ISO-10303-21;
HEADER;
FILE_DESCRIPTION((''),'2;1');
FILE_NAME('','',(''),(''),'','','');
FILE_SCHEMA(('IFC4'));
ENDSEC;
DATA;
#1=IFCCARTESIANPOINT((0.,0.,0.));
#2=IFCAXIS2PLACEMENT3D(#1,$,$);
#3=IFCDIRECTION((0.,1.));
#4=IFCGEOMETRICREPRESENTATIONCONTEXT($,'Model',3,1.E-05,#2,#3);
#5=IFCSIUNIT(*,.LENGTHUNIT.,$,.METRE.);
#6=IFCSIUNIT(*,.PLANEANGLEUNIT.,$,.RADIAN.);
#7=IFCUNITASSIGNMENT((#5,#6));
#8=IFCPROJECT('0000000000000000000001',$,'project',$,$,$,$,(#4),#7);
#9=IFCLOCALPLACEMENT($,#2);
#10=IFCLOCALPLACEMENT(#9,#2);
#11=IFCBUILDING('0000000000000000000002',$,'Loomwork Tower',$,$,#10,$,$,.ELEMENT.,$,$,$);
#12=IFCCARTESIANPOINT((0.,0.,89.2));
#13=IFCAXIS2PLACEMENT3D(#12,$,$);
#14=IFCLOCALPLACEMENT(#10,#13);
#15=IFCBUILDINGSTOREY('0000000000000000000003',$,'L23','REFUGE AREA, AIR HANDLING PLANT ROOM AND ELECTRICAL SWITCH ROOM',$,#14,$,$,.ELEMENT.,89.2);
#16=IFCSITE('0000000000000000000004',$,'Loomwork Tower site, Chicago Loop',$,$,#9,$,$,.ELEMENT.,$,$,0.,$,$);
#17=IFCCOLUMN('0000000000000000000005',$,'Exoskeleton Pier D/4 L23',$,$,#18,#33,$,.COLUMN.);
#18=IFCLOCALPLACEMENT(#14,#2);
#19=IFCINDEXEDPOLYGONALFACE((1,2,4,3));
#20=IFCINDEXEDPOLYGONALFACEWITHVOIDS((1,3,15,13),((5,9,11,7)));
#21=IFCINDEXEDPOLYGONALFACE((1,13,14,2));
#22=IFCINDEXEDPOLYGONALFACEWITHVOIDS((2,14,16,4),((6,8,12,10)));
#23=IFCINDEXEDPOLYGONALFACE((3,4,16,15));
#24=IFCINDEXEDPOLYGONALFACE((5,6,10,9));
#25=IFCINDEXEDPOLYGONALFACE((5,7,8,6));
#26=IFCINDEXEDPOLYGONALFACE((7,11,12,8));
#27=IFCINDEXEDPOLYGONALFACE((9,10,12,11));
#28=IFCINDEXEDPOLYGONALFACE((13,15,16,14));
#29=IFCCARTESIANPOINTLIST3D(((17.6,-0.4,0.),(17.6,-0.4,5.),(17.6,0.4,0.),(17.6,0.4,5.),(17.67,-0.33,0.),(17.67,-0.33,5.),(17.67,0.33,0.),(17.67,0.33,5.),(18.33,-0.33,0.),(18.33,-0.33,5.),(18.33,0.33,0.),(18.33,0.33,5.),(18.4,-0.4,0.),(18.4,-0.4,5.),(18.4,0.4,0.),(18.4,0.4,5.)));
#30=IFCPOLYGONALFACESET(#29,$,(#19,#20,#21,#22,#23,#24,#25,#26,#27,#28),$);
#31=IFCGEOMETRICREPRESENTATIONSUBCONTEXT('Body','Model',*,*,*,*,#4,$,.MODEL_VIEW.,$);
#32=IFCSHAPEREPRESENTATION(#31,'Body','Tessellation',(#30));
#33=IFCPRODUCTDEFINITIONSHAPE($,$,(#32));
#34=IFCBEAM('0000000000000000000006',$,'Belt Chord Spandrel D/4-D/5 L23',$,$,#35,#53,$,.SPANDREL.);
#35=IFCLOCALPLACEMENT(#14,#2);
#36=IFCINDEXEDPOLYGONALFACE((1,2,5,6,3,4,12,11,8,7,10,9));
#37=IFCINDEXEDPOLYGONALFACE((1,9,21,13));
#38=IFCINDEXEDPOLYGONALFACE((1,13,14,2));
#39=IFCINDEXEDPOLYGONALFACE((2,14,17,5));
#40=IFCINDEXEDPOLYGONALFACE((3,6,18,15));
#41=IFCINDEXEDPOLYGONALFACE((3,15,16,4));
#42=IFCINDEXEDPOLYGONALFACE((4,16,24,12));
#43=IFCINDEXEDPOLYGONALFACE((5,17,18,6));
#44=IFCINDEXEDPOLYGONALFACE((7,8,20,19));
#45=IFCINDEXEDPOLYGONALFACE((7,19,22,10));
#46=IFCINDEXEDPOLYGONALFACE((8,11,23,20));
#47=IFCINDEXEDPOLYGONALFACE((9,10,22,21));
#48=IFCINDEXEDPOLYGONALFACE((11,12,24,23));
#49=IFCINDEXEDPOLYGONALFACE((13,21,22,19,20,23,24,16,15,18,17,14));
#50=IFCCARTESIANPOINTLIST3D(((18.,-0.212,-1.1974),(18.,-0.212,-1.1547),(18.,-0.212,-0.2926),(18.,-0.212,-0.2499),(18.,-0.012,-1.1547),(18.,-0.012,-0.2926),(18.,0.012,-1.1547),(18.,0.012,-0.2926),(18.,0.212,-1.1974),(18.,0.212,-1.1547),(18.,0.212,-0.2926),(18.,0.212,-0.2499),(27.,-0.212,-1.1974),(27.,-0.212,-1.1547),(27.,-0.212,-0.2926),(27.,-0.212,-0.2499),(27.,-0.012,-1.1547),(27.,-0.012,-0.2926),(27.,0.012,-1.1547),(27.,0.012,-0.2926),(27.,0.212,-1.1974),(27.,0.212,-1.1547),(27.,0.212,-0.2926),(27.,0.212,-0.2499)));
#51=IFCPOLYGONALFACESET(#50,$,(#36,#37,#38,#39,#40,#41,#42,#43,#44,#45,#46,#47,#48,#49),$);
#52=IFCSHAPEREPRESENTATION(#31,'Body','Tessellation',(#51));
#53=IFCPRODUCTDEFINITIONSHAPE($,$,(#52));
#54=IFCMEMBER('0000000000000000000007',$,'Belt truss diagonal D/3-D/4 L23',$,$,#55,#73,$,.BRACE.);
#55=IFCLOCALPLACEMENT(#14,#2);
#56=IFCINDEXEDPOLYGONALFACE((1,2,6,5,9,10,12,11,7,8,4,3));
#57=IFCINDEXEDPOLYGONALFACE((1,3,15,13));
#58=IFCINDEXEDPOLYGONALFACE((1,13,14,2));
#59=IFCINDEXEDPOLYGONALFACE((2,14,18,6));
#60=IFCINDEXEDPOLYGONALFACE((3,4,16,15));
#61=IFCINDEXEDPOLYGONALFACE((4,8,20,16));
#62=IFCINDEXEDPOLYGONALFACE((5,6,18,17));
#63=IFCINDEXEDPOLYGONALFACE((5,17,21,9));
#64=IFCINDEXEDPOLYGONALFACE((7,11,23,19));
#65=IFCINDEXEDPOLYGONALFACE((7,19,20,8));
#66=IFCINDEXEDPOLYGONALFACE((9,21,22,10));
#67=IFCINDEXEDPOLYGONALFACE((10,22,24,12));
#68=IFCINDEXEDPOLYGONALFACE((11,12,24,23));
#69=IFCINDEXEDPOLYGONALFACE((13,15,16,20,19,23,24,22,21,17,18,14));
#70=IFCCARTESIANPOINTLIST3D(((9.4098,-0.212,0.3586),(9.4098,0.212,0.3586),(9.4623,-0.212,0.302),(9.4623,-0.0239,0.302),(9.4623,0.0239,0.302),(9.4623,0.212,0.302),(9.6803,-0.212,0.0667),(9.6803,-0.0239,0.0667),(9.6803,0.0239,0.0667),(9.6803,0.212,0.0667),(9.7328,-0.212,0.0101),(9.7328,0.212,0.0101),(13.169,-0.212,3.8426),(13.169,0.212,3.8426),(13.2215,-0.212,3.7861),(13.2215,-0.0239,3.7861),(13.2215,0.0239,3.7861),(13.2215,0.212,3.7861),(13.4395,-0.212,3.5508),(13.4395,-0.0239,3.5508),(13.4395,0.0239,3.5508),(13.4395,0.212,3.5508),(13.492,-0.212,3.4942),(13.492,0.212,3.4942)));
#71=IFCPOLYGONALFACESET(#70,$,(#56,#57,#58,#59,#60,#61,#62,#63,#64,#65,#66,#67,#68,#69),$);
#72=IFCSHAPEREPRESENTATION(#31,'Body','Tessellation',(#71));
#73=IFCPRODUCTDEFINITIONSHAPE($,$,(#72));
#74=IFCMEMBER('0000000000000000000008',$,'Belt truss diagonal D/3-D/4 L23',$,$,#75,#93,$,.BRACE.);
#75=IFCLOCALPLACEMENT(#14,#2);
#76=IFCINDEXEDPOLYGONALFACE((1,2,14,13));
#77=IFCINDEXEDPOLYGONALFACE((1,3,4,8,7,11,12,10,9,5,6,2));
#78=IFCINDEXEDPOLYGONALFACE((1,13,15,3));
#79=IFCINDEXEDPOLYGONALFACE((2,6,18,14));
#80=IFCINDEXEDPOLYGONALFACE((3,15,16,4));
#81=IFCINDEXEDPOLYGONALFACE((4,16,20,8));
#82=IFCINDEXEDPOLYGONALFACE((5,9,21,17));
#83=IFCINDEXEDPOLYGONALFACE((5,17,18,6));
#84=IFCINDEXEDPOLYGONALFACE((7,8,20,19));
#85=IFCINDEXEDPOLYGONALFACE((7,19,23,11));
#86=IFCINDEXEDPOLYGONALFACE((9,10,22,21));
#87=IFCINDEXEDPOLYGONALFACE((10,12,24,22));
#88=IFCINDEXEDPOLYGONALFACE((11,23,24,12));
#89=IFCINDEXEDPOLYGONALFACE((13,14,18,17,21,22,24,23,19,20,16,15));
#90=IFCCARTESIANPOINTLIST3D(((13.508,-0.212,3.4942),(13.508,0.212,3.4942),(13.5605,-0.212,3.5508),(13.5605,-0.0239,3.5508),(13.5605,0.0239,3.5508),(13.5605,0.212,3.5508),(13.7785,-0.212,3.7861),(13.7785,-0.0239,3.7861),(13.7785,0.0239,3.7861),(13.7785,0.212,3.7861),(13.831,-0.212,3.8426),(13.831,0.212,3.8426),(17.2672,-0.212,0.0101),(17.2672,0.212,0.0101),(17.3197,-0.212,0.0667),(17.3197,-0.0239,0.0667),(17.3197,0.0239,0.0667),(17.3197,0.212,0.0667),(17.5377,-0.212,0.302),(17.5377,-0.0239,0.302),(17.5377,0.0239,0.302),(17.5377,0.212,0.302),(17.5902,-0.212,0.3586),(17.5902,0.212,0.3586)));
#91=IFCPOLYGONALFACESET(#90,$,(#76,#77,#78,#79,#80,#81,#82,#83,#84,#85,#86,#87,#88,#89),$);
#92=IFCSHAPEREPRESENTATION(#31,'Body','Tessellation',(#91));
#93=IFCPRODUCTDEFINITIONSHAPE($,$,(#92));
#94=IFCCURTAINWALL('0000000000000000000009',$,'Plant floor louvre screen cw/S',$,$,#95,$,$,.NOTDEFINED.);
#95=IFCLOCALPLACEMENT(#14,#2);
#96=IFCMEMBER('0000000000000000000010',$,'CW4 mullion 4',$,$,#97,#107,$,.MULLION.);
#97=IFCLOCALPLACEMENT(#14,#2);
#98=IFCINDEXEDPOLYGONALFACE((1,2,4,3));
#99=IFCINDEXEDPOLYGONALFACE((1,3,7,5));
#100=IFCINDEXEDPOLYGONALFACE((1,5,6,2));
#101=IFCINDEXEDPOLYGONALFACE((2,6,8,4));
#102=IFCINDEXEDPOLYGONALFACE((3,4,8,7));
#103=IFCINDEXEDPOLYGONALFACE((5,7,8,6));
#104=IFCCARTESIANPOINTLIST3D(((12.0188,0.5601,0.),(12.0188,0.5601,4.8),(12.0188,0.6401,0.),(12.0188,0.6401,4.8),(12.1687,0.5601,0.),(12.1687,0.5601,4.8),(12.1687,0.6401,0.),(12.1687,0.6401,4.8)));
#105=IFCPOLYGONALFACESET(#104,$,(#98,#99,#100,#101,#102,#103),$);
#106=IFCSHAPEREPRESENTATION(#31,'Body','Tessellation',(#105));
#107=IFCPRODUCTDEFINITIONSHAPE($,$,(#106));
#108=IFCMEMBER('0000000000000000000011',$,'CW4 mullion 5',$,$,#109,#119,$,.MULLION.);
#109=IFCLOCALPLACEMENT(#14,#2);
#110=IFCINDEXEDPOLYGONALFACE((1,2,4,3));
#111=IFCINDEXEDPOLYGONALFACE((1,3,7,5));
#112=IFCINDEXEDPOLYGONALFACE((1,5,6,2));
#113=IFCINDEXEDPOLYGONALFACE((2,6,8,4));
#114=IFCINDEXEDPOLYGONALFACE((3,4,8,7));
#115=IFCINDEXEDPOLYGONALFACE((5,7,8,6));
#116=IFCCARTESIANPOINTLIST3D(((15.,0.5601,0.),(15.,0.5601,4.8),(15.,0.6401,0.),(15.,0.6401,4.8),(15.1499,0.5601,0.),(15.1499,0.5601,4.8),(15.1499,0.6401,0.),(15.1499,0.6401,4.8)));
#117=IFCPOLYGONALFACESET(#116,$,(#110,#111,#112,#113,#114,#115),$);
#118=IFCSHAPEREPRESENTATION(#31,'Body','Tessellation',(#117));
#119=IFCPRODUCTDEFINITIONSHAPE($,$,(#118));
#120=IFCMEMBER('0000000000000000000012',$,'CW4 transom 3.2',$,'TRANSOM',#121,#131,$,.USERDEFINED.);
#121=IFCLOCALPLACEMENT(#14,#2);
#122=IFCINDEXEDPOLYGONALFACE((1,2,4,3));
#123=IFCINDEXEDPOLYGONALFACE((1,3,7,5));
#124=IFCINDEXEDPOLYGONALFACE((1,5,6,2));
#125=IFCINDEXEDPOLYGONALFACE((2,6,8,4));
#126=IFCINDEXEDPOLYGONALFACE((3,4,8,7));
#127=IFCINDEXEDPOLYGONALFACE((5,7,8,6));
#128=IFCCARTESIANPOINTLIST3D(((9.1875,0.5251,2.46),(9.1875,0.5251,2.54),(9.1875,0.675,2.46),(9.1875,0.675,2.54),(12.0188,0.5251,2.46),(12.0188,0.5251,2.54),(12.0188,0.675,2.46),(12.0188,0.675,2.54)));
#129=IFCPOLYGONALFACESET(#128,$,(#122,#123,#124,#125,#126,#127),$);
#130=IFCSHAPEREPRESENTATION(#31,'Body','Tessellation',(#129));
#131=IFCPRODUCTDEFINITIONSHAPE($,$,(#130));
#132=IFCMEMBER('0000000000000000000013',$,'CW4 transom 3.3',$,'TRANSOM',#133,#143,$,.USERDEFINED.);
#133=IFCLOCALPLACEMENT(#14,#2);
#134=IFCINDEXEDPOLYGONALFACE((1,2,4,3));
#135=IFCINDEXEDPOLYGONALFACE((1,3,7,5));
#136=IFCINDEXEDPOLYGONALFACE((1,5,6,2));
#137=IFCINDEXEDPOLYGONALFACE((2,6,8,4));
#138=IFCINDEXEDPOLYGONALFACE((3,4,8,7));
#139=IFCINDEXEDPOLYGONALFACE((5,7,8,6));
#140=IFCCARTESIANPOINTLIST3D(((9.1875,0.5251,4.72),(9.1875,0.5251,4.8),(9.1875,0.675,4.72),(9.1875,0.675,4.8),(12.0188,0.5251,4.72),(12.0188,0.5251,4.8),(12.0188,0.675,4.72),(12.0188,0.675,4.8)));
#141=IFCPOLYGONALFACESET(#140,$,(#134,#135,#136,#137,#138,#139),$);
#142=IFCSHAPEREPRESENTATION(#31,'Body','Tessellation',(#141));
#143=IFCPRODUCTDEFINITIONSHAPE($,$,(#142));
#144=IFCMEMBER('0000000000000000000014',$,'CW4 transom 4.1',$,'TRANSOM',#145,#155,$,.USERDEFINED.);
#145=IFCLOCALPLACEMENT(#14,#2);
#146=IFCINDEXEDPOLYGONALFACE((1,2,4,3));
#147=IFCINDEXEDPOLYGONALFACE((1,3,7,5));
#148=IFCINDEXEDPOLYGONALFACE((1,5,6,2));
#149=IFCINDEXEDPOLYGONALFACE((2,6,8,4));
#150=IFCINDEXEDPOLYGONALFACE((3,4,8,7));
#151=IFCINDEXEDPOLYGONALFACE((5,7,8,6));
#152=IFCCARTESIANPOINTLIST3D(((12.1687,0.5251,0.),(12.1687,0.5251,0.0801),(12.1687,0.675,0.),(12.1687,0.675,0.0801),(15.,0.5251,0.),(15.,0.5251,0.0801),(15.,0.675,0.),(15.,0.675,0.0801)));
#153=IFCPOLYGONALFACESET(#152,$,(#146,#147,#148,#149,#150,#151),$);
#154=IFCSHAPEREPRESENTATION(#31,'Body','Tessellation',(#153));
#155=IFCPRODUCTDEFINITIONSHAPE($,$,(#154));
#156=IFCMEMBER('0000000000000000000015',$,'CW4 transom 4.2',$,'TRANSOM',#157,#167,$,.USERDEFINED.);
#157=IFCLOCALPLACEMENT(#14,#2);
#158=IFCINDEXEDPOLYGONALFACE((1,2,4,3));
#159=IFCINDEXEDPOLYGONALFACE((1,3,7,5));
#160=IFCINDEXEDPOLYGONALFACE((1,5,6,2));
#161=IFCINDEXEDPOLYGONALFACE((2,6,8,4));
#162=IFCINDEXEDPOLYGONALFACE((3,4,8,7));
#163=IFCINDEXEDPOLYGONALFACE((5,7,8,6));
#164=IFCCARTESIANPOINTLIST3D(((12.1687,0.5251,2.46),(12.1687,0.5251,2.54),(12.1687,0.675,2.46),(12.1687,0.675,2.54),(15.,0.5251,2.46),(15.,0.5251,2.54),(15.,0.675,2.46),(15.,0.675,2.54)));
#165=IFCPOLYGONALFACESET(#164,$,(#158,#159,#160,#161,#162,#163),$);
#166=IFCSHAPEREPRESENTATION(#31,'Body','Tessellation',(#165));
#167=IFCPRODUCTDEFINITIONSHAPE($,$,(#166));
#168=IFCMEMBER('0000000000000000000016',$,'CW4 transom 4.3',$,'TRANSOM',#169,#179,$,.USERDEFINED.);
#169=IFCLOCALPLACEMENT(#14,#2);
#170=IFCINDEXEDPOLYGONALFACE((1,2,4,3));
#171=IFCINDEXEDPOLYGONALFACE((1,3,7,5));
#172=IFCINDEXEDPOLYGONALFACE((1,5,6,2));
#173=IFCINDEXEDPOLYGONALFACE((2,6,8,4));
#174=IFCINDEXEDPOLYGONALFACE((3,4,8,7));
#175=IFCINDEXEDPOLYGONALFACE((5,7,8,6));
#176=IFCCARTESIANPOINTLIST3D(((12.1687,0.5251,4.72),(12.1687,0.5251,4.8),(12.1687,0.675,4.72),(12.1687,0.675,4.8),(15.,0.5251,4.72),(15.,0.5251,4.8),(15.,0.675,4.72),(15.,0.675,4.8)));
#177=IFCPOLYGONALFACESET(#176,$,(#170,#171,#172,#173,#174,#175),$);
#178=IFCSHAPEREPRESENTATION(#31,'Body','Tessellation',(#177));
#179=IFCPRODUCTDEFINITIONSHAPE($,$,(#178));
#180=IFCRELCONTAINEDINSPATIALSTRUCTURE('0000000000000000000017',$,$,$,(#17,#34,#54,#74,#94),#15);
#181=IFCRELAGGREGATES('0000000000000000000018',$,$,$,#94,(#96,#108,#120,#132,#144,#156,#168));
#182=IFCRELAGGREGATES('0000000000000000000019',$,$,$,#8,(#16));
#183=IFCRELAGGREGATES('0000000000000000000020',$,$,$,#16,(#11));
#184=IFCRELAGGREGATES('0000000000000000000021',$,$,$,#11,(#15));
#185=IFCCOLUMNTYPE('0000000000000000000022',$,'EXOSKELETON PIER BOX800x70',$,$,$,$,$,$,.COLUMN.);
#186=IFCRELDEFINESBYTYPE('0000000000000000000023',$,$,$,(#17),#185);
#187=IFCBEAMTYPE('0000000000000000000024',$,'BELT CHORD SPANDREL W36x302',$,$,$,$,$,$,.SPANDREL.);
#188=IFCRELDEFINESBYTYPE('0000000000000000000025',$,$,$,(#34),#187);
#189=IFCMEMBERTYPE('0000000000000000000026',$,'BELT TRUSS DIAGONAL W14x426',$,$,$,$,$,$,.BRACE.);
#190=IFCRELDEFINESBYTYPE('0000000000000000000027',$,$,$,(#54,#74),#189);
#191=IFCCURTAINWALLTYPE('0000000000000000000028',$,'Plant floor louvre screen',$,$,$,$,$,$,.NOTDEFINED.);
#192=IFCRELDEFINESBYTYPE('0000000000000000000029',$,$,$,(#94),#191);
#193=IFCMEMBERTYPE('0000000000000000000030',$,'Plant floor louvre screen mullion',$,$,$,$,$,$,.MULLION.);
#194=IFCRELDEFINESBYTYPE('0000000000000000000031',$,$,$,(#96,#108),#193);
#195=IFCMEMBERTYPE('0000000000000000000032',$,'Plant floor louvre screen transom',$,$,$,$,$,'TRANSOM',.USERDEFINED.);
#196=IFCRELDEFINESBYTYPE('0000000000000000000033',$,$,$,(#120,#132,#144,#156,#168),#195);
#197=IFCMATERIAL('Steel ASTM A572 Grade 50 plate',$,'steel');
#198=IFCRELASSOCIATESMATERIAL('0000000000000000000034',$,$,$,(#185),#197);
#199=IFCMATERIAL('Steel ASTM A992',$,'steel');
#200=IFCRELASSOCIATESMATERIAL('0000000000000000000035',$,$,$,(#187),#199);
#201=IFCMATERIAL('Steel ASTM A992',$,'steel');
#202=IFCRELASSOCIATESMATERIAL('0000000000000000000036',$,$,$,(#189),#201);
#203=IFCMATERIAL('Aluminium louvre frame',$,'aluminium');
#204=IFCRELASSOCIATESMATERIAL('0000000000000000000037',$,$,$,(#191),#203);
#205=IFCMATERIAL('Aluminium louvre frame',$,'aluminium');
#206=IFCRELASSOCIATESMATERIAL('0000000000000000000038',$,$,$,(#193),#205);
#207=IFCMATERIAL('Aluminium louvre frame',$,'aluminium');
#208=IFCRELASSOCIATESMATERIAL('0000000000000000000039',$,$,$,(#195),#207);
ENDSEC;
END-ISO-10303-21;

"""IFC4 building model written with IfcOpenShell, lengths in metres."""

from ifc_helpers import new_model, si_unit, direction, frame, origin, origin_2d, place, context, subcontext, project, spatial, rectangle, hollow_rectangle, i_section, extrude, material, material_profile, profile_set, type_object, element, aggregate, save


model = new_model("IFC4")

# Units and contexts
model_context = context("Model", 3, precision=1e-05, world=origin(), true_north=direction((0.0, 1.0)))
body_context = subcontext(model_context, "Body", "Model", "MODEL_VIEW")
ifc_project = project(units=[si_unit("LENGTHUNIT", "METRE"), si_unit("PLANEANGLEUNIT", "RADIAN")], contexts=[model_context])

# Site, building, storey
site_placement = place(None, origin())
site = spatial("IfcSite", under=ifc_project, at=site_placement, Name="Loomwork Tower site, Chicago Loop", CompositionType="ELEMENT", RefElevation=0.0)
building_placement = place(site_placement, origin())
building = spatial("IfcBuilding", under=site, at=building_placement, Name="Loomwork Tower", CompositionType="ELEMENT")
storey_placement = place(building_placement, frame((0.0, 0.0, 89.2)))
storey = spatial("IfcBuildingStorey", under=building, at=storey_placement, Name="L23", Description="REFUGE AREA, AIR HANDLING PLANT ROOM AND ELECTRICAL SWITCH ROOM", CompositionType="ELEMENT", Elevation=89.2)

# Column
ifc_material_1 = material(Name="Steel ASTM A572 Grade 50 plate", Category="steel")
ifc_material_profile_1 = material_profile(ifc_material_1, hollow_rectangle(XDim=0.8, YDim=0.8, WallThickness=0.0701, at=origin_2d()), Name="BOX800x70")
ifc_profile_set_1 = profile_set([ifc_material_profile_1], Name="Steel ASTM A572 Grade 50 plate")
column_type = type_object("IfcColumnType", Name="EXOSKELETON PIER BOX800x70", PredefinedType="COLUMN", material=ifc_profile_set_1)
column_placement = place(storey_placement, frame((18.0, 0.0, 0.0), z_axis=(0.0, 0.0, 1.0), x_axis=(1.0, 0.0, 0.0)))
element("IfcColumn", 1, at=column_placement, inside=storey, type_object=column_type, Name="Exoskeleton Pier D/4 L23", PredefinedType="COLUMN", context=body_context, shape_type="SweptSolid", body=[
    extrude(hollow_rectangle(XDim=0.8, YDim=0.8, WallThickness=0.0701, at=origin_2d()), origin(), (0.0, 0.0, 1.0), 5.0),
])

# Beam
ifc_material_2 = material(Name="Steel ASTM A992", Category="steel")
ifc_material_profile_2 = material_profile(ifc_material_2, i_section(OverallWidth=0.4241, OverallDepth=0.9475, WebThickness=0.0239, FlangeThickness=0.0427, at=origin_2d()), Name="W36x302")
ifc_profile_set_2 = profile_set([ifc_material_profile_2], Name="Steel ASTM A992")
beam_type = type_object("IfcBeamType", Name="BELT CHORD SPANDREL W36x302", PredefinedType="SPANDREL", material=ifc_profile_set_2)
beam_placement = place(storey_placement, frame((18.0, 0.0, -0.7236), z_axis=(1.0, 0.0, 0.0), x_axis=(0.0, 1.0, 0.0)))
element("IfcBeam", 2, at=beam_placement, inside=storey, type_object=beam_type, Name="Belt Chord Spandrel D/4-D/5 L23", PredefinedType="SPANDREL", context=body_context, shape_type="SweptSolid", body=[
    extrude(i_section(OverallWidth=0.4241, OverallDepth=0.9475, WebThickness=0.0239, FlangeThickness=0.0427, at=origin_2d()), origin(), (0.0, 0.0, 1.0), 9.0),
])

# Members
ifc_material_3 = material(Name="Steel ASTM A992", Category="steel")
ifc_material_profile_3 = material_profile(ifc_material_3, i_section(OverallWidth=0.4241, OverallDepth=0.4751, WebThickness=0.0479, FlangeThickness=0.0771, at=origin_2d()), Name="W14x426")
ifc_profile_set_3 = profile_set([ifc_material_profile_3], Name="Steel ASTM A992")
member_type_1 = type_object("IfcMemberType", Name="BELT TRUSS DIAGONAL W14x426", PredefinedType="BRACE", material=ifc_profile_set_3)
for number, where, z_axis, x_axis, name in (
    (3, (9.5713, 0.0, 0.1843), (0.733438, 0.0, 0.679757), (0.0, 1.0, 0.0), "Belt truss diagonal D/3-D/4 L23"),
    (4, (17.4287, 0.0, 0.1843), (-0.733438, 0.0, 0.679757), (0.0, -1.0, 0.0), "Belt truss diagonal D/3-D/4 L23"),
):
    element("IfcMember", number, at=place(storey_placement, frame(where, z_axis=z_axis, x_axis=x_axis)), inside=storey, type_object=member_type_1, Name=name, PredefinedType="BRACE", context=body_context, shape_type="SweptSolid", body=[
        extrude(i_section(OverallWidth=0.4241, OverallDepth=0.4751, WebThickness=0.0479, FlangeThickness=0.0771, at=origin_2d()), origin(), (0.0, 0.0, 1.0), 5.1255),
    ])

# Curtain wall, members
ifc_material_4 = material(Name="Aluminium louvre frame", Category="aluminium")
curtain_wall_type = type_object("IfcCurtainWallType", Name="Plant floor louvre screen", PredefinedType="NOTDEFINED", material=ifc_material_4)
curtain_wall_placement = place(storey_placement, origin())
curtain_wall = element("IfcCurtainWall", 5, at=curtain_wall_placement, inside=storey, type_object=curtain_wall_type, Name="Plant floor louvre screen cw/S", PredefinedType="NOTDEFINED")
ifc_material_5 = material(Name="Aluminium louvre frame", Category="aluminium")
ifc_material_profile_4 = material_profile(ifc_material_5, rectangle(XDim=0.0801, YDim=0.1499, at=origin_2d()), Name="AL 80x150")
ifc_profile_set_4 = profile_set([ifc_material_profile_4], Name="Aluminium louvre frame")
member_type_2 = type_object("IfcMemberType", Name="Plant floor louvre screen mullion", PredefinedType="MULLION", material=ifc_profile_set_4)
member_1_placement = place(storey_placement, frame((12.0938, 0.6001, 0.0), z_axis=(0.0, 0.0, 1.0), x_axis=(0.0, 1.0, 0.0)))
member_1 = element("IfcMember", 6, at=member_1_placement, type_object=member_type_2, Name="CW4 mullion 4", PredefinedType="MULLION", context=body_context, shape_type="SweptSolid", body=[
    extrude(rectangle(XDim=0.0801, YDim=0.1499, at=origin_2d()), origin(), (0.0, 0.0, 1.0), 4.8),
])
member_2_placement = place(storey_placement, frame((15.075, 0.6001, 0.0), z_axis=(0.0, 0.0, 1.0), x_axis=(0.0, 1.0, 0.0)))
member_2 = element("IfcMember", 7, at=member_2_placement, type_object=member_type_2, Name="CW4 mullion 5", PredefinedType="MULLION", context=body_context, shape_type="SweptSolid", body=[
    extrude(rectangle(XDim=0.0801, YDim=0.1499, at=origin_2d()), origin(), (0.0, 0.0, 1.0), 4.8),
])
ifc_material_6 = material(Name="Aluminium louvre frame", Category="aluminium")
ifc_material_profile_5 = material_profile(ifc_material_6, rectangle(XDim=0.1499, YDim=0.0801, at=origin_2d()), Name="AL 80x150")
ifc_profile_set_5 = profile_set([ifc_material_profile_5], Name="Aluminium louvre frame")
member_type_3 = type_object("IfcMemberType", Name="Plant floor louvre screen transom", ElementType="TRANSOM", PredefinedType="USERDEFINED", material=ifc_profile_set_5)
member_3_placement = place(storey_placement, frame((9.1875, 0.6001, 2.5), z_axis=(1.0, 0.0, 0.0), x_axis=(0.0, 1.0, 0.0)))
member_3 = element("IfcMember", 8, at=member_3_placement, type_object=member_type_3, Name="CW4 transom 3.2", ObjectType="TRANSOM", PredefinedType="USERDEFINED", context=body_context, shape_type="SweptSolid", body=[
    extrude(rectangle(XDim=0.1499, YDim=0.0801, at=origin_2d()), origin(), (0.0, 0.0, 1.0), 2.8313),
])
member_4_placement = place(storey_placement, frame((9.1875, 0.6001, 4.76), z_axis=(1.0, 0.0, 0.0), x_axis=(0.0, 1.0, 0.0)))
member_4 = element("IfcMember", 9, at=member_4_placement, type_object=member_type_3, Name="CW4 transom 3.3", ObjectType="TRANSOM", PredefinedType="USERDEFINED", context=body_context, shape_type="SweptSolid", body=[
    extrude(rectangle(XDim=0.1499, YDim=0.0801, at=origin_2d()), origin(), (0.0, 0.0, 1.0), 2.8313),
])
member_5_placement = place(storey_placement, frame((12.1687, 0.6001, 0.04), z_axis=(1.0, 0.0, 0.0), x_axis=(0.0, 1.0, 0.0)))
member_5 = element("IfcMember", 10, at=member_5_placement, type_object=member_type_3, Name="CW4 transom 4.1", ObjectType="TRANSOM", PredefinedType="USERDEFINED", context=body_context, shape_type="SweptSolid", body=[
    extrude(rectangle(XDim=0.1499, YDim=0.0801, at=origin_2d()), origin(), (0.0, 0.0, 1.0), 2.8313),
])
member_6_placement = place(storey_placement, frame((12.1687, 0.6001, 2.5), z_axis=(1.0, 0.0, 0.0), x_axis=(0.0, 1.0, 0.0)))
member_6 = element("IfcMember", 11, at=member_6_placement, type_object=member_type_3, Name="CW4 transom 4.2", ObjectType="TRANSOM", PredefinedType="USERDEFINED", context=body_context, shape_type="SweptSolid", body=[
    extrude(rectangle(XDim=0.1499, YDim=0.0801, at=origin_2d()), origin(), (0.0, 0.0, 1.0), 2.8313),
])
member_7_placement = place(storey_placement, frame((12.1687, 0.6001, 4.76), z_axis=(1.0, 0.0, 0.0), x_axis=(0.0, 1.0, 0.0)))
member_7 = element("IfcMember", 12, at=member_7_placement, type_object=member_type_3, Name="CW4 transom 4.3", ObjectType="TRANSOM", PredefinedType="USERDEFINED", context=body_context, shape_type="SweptSolid", body=[
    extrude(rectangle(XDim=0.1499, YDim=0.0801, at=origin_2d()), origin(), (0.0, 0.0, 1.0), 2.8313),
])
aggregate(curtain_wall, [member_1, member_2, member_3, member_4, member_5, member_6, member_7])

save(model, "model.ifc")
